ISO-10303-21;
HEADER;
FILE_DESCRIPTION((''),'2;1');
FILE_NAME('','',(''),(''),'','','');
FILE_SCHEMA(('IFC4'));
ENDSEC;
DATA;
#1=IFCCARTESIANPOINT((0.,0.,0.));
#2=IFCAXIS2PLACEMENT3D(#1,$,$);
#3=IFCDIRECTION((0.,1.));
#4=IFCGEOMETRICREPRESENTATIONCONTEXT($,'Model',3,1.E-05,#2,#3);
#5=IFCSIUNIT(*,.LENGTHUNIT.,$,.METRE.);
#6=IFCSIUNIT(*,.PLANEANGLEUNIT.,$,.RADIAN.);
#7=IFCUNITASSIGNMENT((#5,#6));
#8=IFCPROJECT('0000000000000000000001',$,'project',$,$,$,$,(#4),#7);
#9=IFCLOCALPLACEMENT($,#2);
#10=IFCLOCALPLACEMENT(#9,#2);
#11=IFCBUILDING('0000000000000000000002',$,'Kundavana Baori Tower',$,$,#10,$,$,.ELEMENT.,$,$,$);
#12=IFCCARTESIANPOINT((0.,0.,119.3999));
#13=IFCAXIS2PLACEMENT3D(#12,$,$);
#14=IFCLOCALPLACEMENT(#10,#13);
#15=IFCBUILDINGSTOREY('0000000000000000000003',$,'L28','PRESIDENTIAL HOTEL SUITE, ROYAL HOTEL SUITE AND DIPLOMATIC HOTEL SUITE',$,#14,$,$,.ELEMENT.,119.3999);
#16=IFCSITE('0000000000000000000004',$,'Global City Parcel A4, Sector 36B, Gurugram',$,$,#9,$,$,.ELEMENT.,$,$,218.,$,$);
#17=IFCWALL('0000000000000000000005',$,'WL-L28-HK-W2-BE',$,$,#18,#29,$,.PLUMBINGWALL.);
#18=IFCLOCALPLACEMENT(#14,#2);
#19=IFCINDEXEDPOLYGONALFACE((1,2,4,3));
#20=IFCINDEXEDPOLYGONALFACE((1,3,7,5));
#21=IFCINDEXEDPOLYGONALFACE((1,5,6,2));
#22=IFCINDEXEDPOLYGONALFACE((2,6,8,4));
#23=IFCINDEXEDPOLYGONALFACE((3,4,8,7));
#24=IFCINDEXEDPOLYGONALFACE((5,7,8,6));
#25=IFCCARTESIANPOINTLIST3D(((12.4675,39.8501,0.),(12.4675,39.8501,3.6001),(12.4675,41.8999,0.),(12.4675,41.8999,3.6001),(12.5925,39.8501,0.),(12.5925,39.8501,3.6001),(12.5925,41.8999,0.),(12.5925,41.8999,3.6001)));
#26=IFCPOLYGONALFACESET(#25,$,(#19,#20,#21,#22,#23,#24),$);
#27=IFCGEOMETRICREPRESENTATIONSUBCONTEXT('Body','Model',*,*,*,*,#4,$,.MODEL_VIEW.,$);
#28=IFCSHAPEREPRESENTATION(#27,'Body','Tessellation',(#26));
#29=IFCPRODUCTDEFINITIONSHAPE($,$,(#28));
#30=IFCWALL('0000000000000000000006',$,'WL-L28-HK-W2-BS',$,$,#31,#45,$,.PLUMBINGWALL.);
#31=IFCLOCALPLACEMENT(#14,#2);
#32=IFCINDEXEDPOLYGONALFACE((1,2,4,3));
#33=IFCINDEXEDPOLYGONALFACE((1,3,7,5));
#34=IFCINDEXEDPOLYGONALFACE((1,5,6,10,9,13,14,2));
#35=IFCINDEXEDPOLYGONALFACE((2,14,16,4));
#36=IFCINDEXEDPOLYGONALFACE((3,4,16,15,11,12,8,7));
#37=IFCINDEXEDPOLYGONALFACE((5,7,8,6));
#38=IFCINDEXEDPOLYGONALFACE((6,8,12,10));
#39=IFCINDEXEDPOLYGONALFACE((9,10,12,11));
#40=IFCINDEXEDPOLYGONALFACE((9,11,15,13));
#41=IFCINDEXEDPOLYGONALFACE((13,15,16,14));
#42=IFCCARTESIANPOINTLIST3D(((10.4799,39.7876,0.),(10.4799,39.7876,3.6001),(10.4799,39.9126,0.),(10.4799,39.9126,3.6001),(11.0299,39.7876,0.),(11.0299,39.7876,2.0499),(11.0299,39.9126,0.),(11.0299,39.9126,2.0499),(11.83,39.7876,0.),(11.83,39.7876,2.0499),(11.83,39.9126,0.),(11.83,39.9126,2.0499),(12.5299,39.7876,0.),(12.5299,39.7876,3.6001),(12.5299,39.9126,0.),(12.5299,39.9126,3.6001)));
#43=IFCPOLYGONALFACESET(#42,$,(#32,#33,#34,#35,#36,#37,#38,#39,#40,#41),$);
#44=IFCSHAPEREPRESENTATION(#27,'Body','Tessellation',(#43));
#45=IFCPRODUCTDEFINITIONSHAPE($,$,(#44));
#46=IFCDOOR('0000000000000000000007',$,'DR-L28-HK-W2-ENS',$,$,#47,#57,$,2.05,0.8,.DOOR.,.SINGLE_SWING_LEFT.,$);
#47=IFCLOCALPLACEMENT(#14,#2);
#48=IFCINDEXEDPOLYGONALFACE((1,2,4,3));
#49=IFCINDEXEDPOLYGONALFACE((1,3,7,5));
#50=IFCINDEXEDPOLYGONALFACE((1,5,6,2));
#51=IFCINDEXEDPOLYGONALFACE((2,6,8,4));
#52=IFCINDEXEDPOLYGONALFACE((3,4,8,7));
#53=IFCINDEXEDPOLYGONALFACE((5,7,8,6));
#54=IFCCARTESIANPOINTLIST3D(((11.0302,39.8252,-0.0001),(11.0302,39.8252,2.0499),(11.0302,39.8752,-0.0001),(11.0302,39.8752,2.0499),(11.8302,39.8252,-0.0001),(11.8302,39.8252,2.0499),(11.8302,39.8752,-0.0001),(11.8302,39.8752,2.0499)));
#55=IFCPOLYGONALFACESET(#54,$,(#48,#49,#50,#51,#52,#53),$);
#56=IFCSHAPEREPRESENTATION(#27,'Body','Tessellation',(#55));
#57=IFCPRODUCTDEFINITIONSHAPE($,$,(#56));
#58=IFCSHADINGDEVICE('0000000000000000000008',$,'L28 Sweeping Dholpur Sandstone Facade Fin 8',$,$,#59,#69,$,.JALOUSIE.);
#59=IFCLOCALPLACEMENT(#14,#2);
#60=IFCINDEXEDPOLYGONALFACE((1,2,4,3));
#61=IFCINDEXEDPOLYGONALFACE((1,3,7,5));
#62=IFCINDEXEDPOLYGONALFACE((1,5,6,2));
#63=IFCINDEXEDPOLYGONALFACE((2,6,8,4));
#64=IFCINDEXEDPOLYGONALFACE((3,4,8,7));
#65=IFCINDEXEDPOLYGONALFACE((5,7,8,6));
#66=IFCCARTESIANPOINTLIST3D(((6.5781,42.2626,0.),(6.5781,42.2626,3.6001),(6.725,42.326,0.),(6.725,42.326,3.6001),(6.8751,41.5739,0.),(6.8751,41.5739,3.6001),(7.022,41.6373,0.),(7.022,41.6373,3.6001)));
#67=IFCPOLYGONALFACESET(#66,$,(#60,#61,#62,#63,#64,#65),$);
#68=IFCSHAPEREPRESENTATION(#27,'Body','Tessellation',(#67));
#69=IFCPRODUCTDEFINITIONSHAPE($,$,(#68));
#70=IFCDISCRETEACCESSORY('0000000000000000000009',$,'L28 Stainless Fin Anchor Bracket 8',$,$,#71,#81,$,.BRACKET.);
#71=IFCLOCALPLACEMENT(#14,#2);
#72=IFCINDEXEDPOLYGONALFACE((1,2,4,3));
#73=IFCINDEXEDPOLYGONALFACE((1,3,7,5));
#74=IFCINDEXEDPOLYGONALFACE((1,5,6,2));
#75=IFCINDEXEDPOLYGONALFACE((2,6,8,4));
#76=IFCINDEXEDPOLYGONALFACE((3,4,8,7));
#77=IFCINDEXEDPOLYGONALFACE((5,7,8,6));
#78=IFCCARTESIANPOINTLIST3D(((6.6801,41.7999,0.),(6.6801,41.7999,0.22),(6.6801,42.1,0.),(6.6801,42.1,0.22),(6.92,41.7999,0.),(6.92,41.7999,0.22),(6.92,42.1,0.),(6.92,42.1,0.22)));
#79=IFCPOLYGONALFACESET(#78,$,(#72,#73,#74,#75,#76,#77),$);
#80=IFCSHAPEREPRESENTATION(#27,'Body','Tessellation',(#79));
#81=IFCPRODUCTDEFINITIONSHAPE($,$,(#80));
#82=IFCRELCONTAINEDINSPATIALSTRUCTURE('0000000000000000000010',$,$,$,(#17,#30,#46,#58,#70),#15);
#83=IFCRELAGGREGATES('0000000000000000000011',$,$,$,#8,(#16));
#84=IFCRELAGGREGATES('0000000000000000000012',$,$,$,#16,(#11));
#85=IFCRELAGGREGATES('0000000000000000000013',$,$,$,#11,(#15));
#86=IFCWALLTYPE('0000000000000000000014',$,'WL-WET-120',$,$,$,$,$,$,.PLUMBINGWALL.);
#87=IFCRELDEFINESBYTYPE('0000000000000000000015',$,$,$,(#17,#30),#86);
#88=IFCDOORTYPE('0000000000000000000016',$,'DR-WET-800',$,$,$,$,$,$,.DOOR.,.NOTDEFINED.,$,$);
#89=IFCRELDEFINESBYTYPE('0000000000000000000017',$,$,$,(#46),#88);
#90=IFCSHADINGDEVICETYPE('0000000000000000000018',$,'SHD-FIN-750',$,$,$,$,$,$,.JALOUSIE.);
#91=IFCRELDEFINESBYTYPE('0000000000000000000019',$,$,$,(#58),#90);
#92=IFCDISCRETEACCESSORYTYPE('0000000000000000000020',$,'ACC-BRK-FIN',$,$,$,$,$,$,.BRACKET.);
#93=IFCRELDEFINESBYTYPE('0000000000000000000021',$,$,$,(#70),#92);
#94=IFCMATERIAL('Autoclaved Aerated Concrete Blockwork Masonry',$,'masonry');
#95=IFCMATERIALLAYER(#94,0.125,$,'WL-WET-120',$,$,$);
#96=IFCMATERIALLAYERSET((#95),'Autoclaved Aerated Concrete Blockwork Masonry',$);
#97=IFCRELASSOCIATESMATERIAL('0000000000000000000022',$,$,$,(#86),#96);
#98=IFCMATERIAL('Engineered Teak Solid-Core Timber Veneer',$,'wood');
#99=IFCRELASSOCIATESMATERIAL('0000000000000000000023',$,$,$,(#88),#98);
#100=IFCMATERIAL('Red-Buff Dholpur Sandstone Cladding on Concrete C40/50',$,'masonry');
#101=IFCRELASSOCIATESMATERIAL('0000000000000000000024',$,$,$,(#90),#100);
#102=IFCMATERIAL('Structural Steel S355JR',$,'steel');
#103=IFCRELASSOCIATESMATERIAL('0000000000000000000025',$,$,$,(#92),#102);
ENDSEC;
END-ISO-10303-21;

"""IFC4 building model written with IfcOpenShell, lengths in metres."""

from ifc_helpers import new_model, si_unit, direction, frame, frame_2d, origin, origin_2d, place, context, subcontext, project, spatial, rectangle, extrude, material, layer, layer_set, type_object, element, fill, save


model = new_model("IFC4")

# Units and contexts
model_context = context("Model", 3, precision=1e-05, world=origin(), true_north=direction((0.0, 1.0)))
body_context = subcontext(model_context, "Body", "Model", "MODEL_VIEW")
ifc_project = project(units=[si_unit("LENGTHUNIT", "METRE"), si_unit("PLANEANGLEUNIT", "RADIAN")], contexts=[model_context])

# Site, building, storey
site_placement = place(None, origin())
site = spatial("IfcSite", under=ifc_project, at=site_placement, Name="Global City Parcel A4, Sector 36B, Gurugram", CompositionType="ELEMENT", RefElevation=218.0)
building_placement = place(site_placement, origin())
building = spatial("IfcBuilding", under=site, at=building_placement, Name="Kundavana Baori Tower", CompositionType="ELEMENT")
storey_placement = place(building_placement, frame((0.0, 0.0, 119.3999)))
storey = spatial("IfcBuildingStorey", under=building, at=storey_placement, Name="L28", Description="PRESIDENTIAL HOTEL SUITE, ROYAL HOTEL SUITE AND DIPLOMATIC HOTEL SUITE", CompositionType="ELEMENT", Elevation=119.3999)

# Wall
ifc_material_1 = material(Name="Autoclaved Aerated Concrete Blockwork Masonry", Category="masonry")
ifc_layer_1 = layer(ifc_material_1, 0.125, Name="WL-WET-120")
ifc_layer_set_1 = layer_set([ifc_layer_1], Name="Autoclaved Aerated Concrete Blockwork Masonry")
wall_type_1 = type_object("IfcWallType", Name="WL-WET-120", PredefinedType="PLUMBINGWALL", material=ifc_layer_set_1)
wall_1_placement = place(storey_placement, frame((12.53, 39.8501, 0.0), z_axis=(0.0, 0.0, 1.0), x_axis=(0.0, 1.0, 0.0)))
element("IfcWall", 1, at=wall_1_placement, inside=storey, type_object=wall_type_1, Name="WL-L28-HK-W2-BE", PredefinedType="PLUMBINGWALL", context=body_context, shape_type="SweptSolid", body=[
    extrude(rectangle(XDim=2.0498, YDim=0.125, at=frame_2d((1.0249, 0.0))), origin(), (0.0, 0.0, 1.0), 3.6001),
])

# Wall, opening, door
wall_2_placement = place(storey_placement, frame((10.48, 39.8501, 0.0), z_axis=(0.0, 0.0, 1.0), x_axis=(1.0, 0.0, 0.0)))
wall_2 = element("IfcWall", 2, at=wall_2_placement, inside=storey, type_object=wall_type_1, Name="WL-L28-HK-W2-BS", PredefinedType="PLUMBINGWALL", context=body_context, shape_type="SweptSolid", body=[
    extrude(rectangle(XDim=2.05, YDim=0.125, at=frame_2d((1.0249, 0.0))), origin(), (0.0, 0.0, 1.0), 3.6001),
])
opening_1_placement = place(wall_2_placement, frame((0.55, 0.0, 0.0)))
opening_1 = element("IfcOpeningElement", 3, at=opening_1_placement, cuts=wall_2, PredefinedType="OPENING", context=body_context, shape_type="SweptSolid", body=[
    extrude(rectangle(XDim=0.8, YDim=2.05, at=frame_2d((0.3999, 1.0249))), frame((0.0, 0.0725, 0.0), z_axis=(0.0, -1.0, 0.0), x_axis=(1.0, 0.0, 0.0)), (0.0, 0.0, 1.0), 0.145),
])
ifc_material_2 = material(Name="Engineered Teak Solid-Core Timber Veneer", Category="wood")
door_type_1 = type_object("IfcDoorType", Name="DR-WET-800", OperationType="NOTDEFINED", PredefinedType="DOOR", material=ifc_material_2)
door_1_placement = place(opening_1_placement, frame((0.8, 0.0, 0.0), z_axis=(0.0, 0.0, 1.0), x_axis=(-1.0, 0.0, 0.0)))
door_1 = element("IfcDoor", 4, at=door_1_placement, inside=storey, type_object=door_type_1, Name="DR-L28-HK-W2-ENS", OperationType="SINGLE_SWING_LEFT", OverallHeight=2.05, OverallWidth=0.8, PredefinedType="DOOR", context=body_context, shape_type="SweptSolid", body=[
    extrude(rectangle(XDim=0.8, YDim=2.05, at=frame_2d((0.3999, 1.0249))), frame((0.0, 0.0249, 0.0), z_axis=(0.0, -1.0, 0.0), x_axis=(1.0, 0.0, 0.0)), (0.0, 0.0, 1.0), 0.05),
])
fill(opening_1, door_1)

# Shading device
ifc_material_3 = material(Name="Red-Buff Dholpur Sandstone Cladding on Concrete C40/50", Category="masonry")
shading_device_type = type_object("IfcShadingDeviceType", Name="SHD-FIN-750", PredefinedType="JALOUSIE", material=ifc_material_3)
shading_device_placement = place(storey_placement, frame((6.8, 41.95, 0.0), z_axis=(0.0, 0.0, 1.0), x_axis=(0.918239, 0.396026, 0.0)))
element("IfcShadingDevice", 5, at=shading_device_placement, inside=storey, type_object=shading_device_type, Name="L28 Sweeping Dholpur Sandstone Facade Fin 8", PredefinedType="JALOUSIE", context=body_context, shape_type="SweptSolid", body=[
    extrude(rectangle(XDim=0.1599, YDim=0.75, at=origin_2d()), origin(), (0.0, 0.0, 1.0), 3.6001),
])

# Discrete accessory
ifc_material_4 = material(Name="Structural Steel S355JR", Category="steel")
discrete_accessory_type = type_object("IfcDiscreteAccessoryType", Name="ACC-BRK-FIN", PredefinedType="BRACKET", material=ifc_material_4)
discrete_accessory_placement = place(storey_placement, frame((6.8, 41.95, 0.0), z_axis=(0.0, 0.0, 1.0), x_axis=(1.0, 0.0, 0.0)))
element("IfcDiscreteAccessory", 6, at=discrete_accessory_placement, inside=storey, type_object=discrete_accessory_type, Name="L28 Stainless Fin Anchor Bracket 8", PredefinedType="BRACKET", context=body_context, shape_type="SweptSolid", body=[
    extrude(rectangle(XDim=0.24, YDim=0.3, at=origin_2d()), origin(), (0.0, 0.0, 1.0), 0.22),
])

save(model, "model.ifc")
